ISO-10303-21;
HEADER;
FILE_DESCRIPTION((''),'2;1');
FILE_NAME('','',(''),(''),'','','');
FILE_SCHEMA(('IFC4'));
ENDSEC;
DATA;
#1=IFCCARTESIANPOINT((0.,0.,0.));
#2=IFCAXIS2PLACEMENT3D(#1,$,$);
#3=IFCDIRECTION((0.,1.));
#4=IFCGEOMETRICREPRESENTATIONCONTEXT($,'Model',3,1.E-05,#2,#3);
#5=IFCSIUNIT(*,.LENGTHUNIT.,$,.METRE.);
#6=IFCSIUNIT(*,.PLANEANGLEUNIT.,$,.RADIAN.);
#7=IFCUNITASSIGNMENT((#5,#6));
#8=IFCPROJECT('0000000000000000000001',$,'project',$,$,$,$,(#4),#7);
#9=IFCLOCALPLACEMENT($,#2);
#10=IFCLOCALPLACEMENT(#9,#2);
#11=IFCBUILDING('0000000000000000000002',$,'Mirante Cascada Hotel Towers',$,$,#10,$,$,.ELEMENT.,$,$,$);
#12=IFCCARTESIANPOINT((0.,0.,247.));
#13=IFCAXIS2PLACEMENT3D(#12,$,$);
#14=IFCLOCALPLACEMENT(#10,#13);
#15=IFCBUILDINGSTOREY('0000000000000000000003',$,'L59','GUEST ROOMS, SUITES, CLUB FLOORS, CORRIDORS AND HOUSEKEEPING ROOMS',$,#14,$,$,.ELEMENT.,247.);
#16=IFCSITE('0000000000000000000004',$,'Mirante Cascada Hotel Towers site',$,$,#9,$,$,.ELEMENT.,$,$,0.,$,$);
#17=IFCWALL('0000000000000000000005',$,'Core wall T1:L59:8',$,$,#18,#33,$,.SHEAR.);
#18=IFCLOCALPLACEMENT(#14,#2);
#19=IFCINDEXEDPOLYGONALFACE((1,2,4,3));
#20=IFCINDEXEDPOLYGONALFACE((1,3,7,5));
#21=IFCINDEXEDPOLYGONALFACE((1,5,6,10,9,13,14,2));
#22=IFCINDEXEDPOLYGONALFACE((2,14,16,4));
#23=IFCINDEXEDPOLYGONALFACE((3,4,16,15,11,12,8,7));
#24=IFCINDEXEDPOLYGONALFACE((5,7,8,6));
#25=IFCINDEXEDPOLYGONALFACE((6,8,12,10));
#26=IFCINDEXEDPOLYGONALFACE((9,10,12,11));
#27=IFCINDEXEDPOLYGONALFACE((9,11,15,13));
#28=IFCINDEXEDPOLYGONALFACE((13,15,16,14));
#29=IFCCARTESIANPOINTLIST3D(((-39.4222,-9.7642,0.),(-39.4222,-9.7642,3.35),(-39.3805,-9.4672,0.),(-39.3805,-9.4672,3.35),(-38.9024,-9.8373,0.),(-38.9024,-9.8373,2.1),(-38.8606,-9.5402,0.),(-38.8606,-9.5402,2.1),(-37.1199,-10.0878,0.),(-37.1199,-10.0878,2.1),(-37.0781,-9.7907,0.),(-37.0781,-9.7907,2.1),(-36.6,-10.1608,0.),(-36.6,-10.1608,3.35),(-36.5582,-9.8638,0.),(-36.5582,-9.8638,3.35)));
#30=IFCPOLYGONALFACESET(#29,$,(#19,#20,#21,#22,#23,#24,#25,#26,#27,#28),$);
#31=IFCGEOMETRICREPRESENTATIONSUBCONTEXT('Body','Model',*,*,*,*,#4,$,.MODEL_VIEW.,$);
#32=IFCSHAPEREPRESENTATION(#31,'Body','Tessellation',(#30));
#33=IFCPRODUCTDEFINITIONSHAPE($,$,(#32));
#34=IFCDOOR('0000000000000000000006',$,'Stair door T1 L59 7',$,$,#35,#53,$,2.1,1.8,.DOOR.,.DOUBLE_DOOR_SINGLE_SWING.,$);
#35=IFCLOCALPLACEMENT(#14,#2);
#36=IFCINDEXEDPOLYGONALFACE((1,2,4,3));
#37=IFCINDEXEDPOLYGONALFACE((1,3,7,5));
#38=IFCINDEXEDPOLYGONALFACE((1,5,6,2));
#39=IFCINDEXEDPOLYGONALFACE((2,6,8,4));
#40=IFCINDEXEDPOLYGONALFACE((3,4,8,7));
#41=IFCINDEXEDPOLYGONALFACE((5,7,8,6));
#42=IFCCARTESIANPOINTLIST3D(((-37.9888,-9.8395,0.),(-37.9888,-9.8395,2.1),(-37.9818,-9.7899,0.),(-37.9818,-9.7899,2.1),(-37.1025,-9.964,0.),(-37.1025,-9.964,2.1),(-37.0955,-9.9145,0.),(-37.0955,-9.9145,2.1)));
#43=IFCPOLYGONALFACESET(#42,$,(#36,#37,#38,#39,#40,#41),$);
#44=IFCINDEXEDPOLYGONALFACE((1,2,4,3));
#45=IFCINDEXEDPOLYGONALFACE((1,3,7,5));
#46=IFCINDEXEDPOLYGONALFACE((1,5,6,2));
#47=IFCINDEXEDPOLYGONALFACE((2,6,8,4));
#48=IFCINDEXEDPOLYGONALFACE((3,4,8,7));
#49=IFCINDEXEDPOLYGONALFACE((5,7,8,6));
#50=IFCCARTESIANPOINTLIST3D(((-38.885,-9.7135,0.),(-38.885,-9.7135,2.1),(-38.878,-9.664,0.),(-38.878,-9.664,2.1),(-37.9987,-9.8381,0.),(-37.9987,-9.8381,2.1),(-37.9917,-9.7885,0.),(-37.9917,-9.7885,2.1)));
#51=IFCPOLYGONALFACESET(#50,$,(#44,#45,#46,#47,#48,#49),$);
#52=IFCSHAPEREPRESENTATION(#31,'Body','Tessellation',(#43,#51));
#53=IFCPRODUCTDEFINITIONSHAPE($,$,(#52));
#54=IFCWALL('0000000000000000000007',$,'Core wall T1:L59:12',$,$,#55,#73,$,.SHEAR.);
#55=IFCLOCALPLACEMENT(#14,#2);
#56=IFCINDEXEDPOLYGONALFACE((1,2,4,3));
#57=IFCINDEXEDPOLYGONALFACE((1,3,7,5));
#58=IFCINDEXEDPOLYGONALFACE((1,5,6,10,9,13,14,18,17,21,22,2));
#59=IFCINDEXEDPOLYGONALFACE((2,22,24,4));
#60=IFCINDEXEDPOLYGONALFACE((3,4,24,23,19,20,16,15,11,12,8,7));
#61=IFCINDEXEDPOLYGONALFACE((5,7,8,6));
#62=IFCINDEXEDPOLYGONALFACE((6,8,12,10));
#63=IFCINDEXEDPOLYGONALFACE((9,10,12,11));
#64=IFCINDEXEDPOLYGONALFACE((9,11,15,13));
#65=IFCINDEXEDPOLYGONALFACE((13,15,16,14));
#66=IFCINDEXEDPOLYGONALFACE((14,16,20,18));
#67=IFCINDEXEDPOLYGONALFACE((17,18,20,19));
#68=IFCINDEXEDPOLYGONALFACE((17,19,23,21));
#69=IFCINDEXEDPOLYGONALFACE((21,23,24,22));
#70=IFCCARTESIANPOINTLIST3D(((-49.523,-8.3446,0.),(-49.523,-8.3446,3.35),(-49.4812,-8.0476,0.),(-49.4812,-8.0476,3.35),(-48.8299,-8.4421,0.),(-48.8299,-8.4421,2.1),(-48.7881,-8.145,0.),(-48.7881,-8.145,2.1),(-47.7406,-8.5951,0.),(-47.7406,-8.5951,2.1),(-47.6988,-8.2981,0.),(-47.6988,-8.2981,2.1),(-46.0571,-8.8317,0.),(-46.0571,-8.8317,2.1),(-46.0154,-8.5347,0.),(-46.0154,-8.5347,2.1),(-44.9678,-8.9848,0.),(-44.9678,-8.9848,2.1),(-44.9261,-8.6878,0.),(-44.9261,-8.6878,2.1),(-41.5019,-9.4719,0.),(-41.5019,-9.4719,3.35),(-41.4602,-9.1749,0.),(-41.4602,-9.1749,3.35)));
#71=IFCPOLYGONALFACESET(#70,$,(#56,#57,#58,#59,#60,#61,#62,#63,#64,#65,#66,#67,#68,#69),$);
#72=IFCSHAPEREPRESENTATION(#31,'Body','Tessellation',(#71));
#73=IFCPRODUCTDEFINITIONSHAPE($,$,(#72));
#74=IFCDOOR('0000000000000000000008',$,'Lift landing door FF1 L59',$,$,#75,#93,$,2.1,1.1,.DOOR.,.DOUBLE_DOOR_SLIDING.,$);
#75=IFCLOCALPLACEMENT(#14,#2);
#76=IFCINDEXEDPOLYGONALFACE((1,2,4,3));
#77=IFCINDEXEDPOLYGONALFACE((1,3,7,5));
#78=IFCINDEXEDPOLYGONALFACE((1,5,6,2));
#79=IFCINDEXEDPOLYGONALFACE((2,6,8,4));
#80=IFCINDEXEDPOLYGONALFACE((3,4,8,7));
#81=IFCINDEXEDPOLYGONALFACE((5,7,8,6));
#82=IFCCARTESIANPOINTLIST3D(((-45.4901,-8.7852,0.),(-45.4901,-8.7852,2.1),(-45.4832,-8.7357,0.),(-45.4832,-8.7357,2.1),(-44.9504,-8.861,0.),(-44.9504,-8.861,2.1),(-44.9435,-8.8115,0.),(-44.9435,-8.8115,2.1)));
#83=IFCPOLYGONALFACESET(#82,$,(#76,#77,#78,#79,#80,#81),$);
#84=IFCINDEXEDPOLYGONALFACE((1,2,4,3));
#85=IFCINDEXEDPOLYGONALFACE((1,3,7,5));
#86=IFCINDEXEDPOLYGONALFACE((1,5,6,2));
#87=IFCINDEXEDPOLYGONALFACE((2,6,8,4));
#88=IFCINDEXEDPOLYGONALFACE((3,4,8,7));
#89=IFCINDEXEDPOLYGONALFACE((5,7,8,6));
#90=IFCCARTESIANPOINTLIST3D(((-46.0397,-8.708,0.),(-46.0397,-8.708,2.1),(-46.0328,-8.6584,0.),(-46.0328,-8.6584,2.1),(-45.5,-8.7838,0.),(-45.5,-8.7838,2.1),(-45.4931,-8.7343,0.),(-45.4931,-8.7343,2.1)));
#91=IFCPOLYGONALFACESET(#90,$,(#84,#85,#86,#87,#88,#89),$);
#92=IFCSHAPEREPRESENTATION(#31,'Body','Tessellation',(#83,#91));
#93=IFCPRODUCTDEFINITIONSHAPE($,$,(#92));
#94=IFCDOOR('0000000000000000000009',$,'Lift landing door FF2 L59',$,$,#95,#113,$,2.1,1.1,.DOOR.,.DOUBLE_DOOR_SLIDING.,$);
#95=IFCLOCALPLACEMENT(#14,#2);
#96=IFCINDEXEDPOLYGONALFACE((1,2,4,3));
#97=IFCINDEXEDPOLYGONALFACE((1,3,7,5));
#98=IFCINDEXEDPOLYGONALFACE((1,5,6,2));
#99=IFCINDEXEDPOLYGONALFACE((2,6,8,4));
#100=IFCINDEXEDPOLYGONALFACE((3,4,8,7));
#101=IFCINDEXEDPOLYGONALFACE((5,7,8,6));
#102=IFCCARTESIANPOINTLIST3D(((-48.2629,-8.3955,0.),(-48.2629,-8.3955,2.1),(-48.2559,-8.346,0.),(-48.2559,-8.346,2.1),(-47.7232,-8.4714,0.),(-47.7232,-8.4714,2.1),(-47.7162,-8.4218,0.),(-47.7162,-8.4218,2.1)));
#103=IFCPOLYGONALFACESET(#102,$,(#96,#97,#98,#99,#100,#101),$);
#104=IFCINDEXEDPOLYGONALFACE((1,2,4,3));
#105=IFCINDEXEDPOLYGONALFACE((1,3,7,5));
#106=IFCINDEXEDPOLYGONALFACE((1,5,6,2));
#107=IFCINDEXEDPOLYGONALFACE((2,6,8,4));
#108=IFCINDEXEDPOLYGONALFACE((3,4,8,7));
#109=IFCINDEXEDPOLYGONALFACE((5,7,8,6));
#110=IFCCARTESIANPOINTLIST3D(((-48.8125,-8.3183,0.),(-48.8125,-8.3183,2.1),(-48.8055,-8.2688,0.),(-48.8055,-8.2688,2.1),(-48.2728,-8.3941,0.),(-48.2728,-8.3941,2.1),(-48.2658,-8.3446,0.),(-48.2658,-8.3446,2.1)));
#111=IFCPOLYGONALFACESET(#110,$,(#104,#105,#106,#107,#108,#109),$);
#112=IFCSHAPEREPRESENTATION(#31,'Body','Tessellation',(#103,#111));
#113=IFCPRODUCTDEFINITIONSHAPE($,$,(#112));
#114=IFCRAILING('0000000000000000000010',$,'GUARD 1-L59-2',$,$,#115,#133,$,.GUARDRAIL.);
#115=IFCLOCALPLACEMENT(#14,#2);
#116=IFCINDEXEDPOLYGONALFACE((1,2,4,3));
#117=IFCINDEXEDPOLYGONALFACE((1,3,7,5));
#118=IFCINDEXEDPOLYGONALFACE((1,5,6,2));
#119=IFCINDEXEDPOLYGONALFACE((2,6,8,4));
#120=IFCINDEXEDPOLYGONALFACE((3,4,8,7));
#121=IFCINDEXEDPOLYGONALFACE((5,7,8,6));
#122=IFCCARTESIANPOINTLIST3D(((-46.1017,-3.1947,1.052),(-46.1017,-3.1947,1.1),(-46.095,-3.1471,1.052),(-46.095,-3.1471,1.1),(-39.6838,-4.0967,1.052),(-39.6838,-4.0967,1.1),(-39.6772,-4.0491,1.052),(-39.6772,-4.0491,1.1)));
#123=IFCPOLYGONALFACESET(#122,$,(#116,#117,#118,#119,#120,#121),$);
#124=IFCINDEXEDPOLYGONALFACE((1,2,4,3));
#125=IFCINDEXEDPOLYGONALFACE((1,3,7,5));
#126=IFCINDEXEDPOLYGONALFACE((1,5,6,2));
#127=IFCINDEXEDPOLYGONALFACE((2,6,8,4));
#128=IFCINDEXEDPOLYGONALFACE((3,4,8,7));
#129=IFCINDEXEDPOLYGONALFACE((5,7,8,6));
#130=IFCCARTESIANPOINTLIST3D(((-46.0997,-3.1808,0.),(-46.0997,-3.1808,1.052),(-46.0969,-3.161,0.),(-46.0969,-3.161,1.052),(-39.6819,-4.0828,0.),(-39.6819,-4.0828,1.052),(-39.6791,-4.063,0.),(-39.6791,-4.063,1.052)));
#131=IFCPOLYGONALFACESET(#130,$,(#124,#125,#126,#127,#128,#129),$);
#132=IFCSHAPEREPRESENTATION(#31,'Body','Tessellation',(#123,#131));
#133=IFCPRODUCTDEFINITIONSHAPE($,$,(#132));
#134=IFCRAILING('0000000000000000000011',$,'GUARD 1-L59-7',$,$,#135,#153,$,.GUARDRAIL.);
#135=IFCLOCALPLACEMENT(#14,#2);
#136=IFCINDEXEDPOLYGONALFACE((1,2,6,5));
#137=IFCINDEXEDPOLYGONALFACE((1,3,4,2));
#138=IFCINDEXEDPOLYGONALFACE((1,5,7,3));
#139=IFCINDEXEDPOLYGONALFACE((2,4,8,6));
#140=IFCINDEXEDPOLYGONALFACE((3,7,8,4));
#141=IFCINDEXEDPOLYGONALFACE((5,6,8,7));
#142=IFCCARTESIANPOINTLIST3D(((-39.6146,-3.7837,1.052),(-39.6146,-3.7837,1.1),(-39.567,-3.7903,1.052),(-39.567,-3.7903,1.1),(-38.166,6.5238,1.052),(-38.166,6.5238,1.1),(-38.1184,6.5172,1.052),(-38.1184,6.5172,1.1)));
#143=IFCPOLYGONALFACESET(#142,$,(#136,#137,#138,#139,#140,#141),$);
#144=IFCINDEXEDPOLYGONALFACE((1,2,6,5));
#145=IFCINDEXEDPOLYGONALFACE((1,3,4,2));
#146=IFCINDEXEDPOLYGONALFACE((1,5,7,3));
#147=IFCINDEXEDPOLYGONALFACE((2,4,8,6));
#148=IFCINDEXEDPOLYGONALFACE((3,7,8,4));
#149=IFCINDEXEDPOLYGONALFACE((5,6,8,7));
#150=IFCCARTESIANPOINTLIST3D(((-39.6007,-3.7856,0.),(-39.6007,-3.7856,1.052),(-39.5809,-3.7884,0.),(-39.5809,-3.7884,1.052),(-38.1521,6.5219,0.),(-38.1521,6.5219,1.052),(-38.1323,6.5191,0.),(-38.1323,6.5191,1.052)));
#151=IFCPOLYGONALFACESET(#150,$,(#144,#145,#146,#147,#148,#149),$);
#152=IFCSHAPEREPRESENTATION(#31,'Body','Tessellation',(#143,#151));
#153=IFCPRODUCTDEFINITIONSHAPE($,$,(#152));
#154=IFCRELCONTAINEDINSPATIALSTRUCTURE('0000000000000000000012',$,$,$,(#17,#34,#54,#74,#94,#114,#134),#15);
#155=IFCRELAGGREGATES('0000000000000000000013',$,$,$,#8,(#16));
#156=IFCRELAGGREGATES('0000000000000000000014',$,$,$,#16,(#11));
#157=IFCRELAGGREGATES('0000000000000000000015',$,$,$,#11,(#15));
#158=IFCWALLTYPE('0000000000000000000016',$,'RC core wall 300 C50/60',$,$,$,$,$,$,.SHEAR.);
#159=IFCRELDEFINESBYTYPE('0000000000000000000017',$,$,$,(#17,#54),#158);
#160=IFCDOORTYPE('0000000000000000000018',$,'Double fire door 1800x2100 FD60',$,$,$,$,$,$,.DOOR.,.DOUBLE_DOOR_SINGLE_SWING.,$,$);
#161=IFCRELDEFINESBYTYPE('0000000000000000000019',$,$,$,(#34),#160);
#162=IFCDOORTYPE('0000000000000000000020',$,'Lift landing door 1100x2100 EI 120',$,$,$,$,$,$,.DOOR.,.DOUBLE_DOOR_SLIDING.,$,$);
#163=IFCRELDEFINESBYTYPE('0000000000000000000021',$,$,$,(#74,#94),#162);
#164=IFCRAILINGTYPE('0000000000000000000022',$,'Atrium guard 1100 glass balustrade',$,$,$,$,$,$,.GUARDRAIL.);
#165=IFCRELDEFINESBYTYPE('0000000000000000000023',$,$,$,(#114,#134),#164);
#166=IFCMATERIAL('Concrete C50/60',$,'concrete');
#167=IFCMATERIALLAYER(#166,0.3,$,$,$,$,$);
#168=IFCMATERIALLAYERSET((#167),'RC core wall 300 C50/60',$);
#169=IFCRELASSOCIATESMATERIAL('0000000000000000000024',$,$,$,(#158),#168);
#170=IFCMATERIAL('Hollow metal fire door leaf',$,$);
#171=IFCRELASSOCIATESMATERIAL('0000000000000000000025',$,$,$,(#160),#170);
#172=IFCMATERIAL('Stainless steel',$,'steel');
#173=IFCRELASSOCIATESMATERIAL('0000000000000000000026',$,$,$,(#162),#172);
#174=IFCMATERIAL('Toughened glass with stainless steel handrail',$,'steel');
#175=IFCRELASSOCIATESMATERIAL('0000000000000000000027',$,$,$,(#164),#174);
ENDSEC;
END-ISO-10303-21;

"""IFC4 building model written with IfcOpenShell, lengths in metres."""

from ifc_helpers import new_model, si_unit, direction, frame, frame_2d, origin, origin_2d, place, context, subcontext, project, spatial, rectangle, extrude, material, layer, layer_set, type_object, element, fill, save


model = new_model("IFC4")

# Units and contexts
model_context = context("Model", 3, precision=1e-05, world=origin(), true_north=direction((0.0, 1.0)))
body_context = subcontext(model_context, "Body", "Model", "MODEL_VIEW")
ifc_project = project(units=[si_unit("LENGTHUNIT", "METRE"), si_unit("PLANEANGLEUNIT", "RADIAN")], contexts=[model_context])

# Site, building, storey
site_placement = place(None, origin())
site = spatial("IfcSite", under=ifc_project, at=site_placement, Name="Mirante Cascada Hotel Towers site", CompositionType="ELEMENT", RefElevation=0.0)
building_placement = place(site_placement, origin())
building = spatial("IfcBuilding", under=site, at=building_placement, Name="Mirante Cascada Hotel Towers", CompositionType="ELEMENT")
storey_placement = place(building_placement, frame((0.0, 0.0, 247.0)))
storey = spatial("IfcBuildingStorey", under=building, at=storey_placement, Name="L59", Description="GUEST ROOMS, SUITES, CLUB FLOORS, CORRIDORS AND HOUSEKEEPING ROOMS", CompositionType="ELEMENT", Elevation=247.0)

# Wall, opening, door
ifc_material_1 = material(Name="Concrete C50/60", Category="concrete")
ifc_layer_1 = layer(ifc_material_1, 0.3)
ifc_layer_set_1 = layer_set([ifc_layer_1], Name="RC core wall 300 C50/60")
wall_type_1 = type_object("IfcWallType", Name="RC core wall 300 C50/60", PredefinedType="SHEAR", material=ifc_layer_set_1)
wall_1_placement = place(storey_placement, frame((-36.5791, -10.0123, 0.0), z_axis=(0.0, 0.0, 1.0), x_axis=(-0.99027, 0.139156, 0.0)))
wall_1 = element("IfcWall", 1, at=wall_1_placement, inside=storey, type_object=wall_type_1, Name="Core wall T1:L59:8", PredefinedType="SHEAR", context=body_context, shape_type="SweptSolid", body=[
    extrude(rectangle(XDim=2.85, YDim=0.3, at=frame_2d((1.425, 0.0))), origin(), (0.0, 0.0, 1.0), 3.35),
])
opening_1_placement = place(wall_1_placement, frame((0.525, 0.0, 0.0)))
opening_1 = element("IfcOpeningElement", 2, at=opening_1_placement, cuts=wall_1, PredefinedType="OPENING", context=body_context, shape_type="SweptSolid", body=[
    extrude(rectangle(XDim=1.8, YDim=2.1, at=frame_2d((0.9, 1.05))), frame((0.0, 0.15, 0.0), z_axis=(0.0, -1.0, 0.0), x_axis=(1.0, 0.0, 0.0)), (0.0, 0.0, 1.0), 0.3),
])
ifc_material_2 = material(Name="Hollow metal fire door leaf")
door_type_1 = type_object("IfcDoorType", Name="Double fire door 1800x2100 FD60", OperationType="DOUBLE_DOOR_SINGLE_SWING", PredefinedType="DOOR", material=ifc_material_2)
door_1_placement = place(opening_1_placement, origin())
door_1 = element("IfcDoor", 3, at=door_1_placement, inside=storey, type_object=door_type_1, Name="Stair door T1 L59 7", OperationType="DOUBLE_DOOR_SINGLE_SWING", OverallHeight=2.1, OverallWidth=1.8, PredefinedType="DOOR", context=body_context, shape_type="SweptSolid", body=[
    extrude(rectangle(XDim=0.895, YDim=2.1, at=frame_2d((0.4475, 1.05))), frame((0.0, 0.025, 0.0), z_axis=(0.0, -1.0, 0.0), x_axis=(1.0, 0.0, 0.0)), (0.0, 0.0, 1.0), 0.05),
    extrude(rectangle(XDim=0.895, YDim=2.1, at=frame_2d((1.3525, 1.05))), frame((0.0, 0.025, 0.0), z_axis=(0.0, -1.0, 0.0), x_axis=(1.0, 0.0, 0.0)), (0.0, 0.0, 1.0), 0.05),
])
fill(opening_1, door_1)

# Wall, openings, doors
wall_2_placement = place(storey_placement, frame((-41.481, -9.3234, 0.0), z_axis=(0.0, 0.0, 1.0), x_axis=(-0.990268, 0.139174, 0.0)))
wall_2 = element("IfcWall", 4, at=wall_2_placement, inside=storey, type_object=wall_type_1, Name="Core wall T1:L59:12", PredefinedType="SHEAR", context=body_context, shape_type="SweptSolid", body=[
    extrude(rectangle(XDim=8.0999, YDim=0.3, at=frame_2d((4.05, 0.0))), origin(), (0.0, 0.0, 1.0), 3.35),
])
opening_2_placement = place(wall_2_placement, frame((3.5, 0.0, 0.0)))
opening_2 = element("IfcOpeningElement", 5, at=opening_2_placement, cuts=wall_2, PredefinedType="OPENING", context=body_context, shape_type="SweptSolid", body=[
    extrude(rectangle(XDim=1.1, YDim=2.1, at=frame_2d((0.55, 1.05))), frame((0.0, 0.15, 0.0), z_axis=(0.0, -1.0, 0.0), x_axis=(1.0, 0.0, 0.0)), (0.0, 0.0, 1.0), 0.3),
])
opening_3_placement = place(wall_2_placement, frame((6.3, 0.0, 0.0)))
opening_3 = element("IfcOpeningElement", 6, at=opening_3_placement, cuts=wall_2, PredefinedType="OPENING", context=body_context, shape_type="SweptSolid", body=[
    extrude(rectangle(XDim=1.1, YDim=2.1, at=frame_2d((0.55, 1.05))), frame((0.0, 0.15, 0.0), z_axis=(0.0, -1.0, 0.0), x_axis=(1.0, 0.0, 0.0)), (0.0, 0.0, 1.0), 0.3),
])
ifc_material_3 = material(Name="Stainless steel", Category="steel")
door_type_2 = type_object("IfcDoorType", Name="Lift landing door 1100x2100 EI 120", OperationType="DOUBLE_DOOR_SLIDING", PredefinedType="DOOR", material=ifc_material_3)
door_2_placement = place(opening_2_placement, origin())
door_2 = element("IfcDoor", 7, at=door_2_placement, inside=storey, type_object=door_type_2, Name="Lift landing door FF1 L59", OperationType="DOUBLE_DOOR_SLIDING", OverallHeight=2.1, OverallWidth=1.1, PredefinedType="DOOR", context=body_context, shape_type="SweptSolid", body=[
    extrude(rectangle(XDim=0.545, YDim=2.1, at=frame_2d((0.2725, 1.05))), frame((0.0, 0.025, 0.0), z_axis=(0.0, -1.0, 0.0), x_axis=(1.0, 0.0, 0.0)), (0.0, 0.0, 1.0), 0.05),
    extrude(rectangle(XDim=0.545, YDim=2.1, at=frame_2d((0.8275, 1.05))), frame((0.0, 0.025, 0.0), z_axis=(0.0, -1.0, 0.0), x_axis=(1.0, 0.0, 0.0)), (0.0, 0.0, 1.0), 0.05),
])
fill(opening_2, door_2)
door_3_placement = place(opening_3_placement, origin())
door_3 = element("IfcDoor", 8, at=door_3_placement, inside=storey, type_object=door_type_2, Name="Lift landing door FF2 L59", OperationType="DOUBLE_DOOR_SLIDING", OverallHeight=2.1, OverallWidth=1.1, PredefinedType="DOOR", context=body_context, shape_type="SweptSolid", body=[
    extrude(rectangle(XDim=0.545, YDim=2.1, at=frame_2d((0.2725, 1.05))), frame((0.0, 0.025, 0.0), z_axis=(0.0, -1.0, 0.0), x_axis=(1.0, 0.0, 0.0)), (0.0, 0.0, 1.0), 0.05),
    extrude(rectangle(XDim=0.545, YDim=2.1, at=frame_2d((0.8275, 1.05))), frame((0.0, 0.025, 0.0), z_axis=(0.0, -1.0, 0.0), x_axis=(1.0, 0.0, 0.0)), (0.0, 0.0, 1.0), 0.05),
])
fill(opening_3, door_3)

# Railings
ifc_material_4 = material(Name="Toughened glass with stainless steel handrail", Category="steel")
railing_type_1 = type_object("IfcRailingType", Name="Atrium guard 1100 glass balustrade", PredefinedType="GUARDRAIL", material=ifc_material_4)
railing_1_placement = place(storey_placement, frame((-39.6805, -4.0729, 0.0)))
element("IfcRailing", 9, at=railing_1_placement, inside=storey, type_object=railing_type_1, Name="GUARD 1-L59-2", PredefinedType="GUARDRAIL", context=body_context, shape_type="SweptSolid", body=[
    extrude(rectangle(XDim=0.048, YDim=0.048, at=origin_2d()), frame((0.0, 0.0, 1.076), z_axis=(-0.990267, 0.139179, 0.0), x_axis=(-0.139179, -0.990267, 0.0)), (0.0, 0.0, 1.0), 6.4809),
    extrude(rectangle(XDim=0.02, YDim=1.052, at=origin_2d()), frame((0.0, 0.0, 0.526), z_axis=(-0.990267, 0.139179, 0.0), x_axis=(-0.139179, -0.990267, 0.0)), (0.0, 0.0, 1.0), 6.4809),
])
railing_2_placement = place(storey_placement, frame((-39.5908, -3.787, 0.0)))
element("IfcRailing", 10, at=railing_2_placement, inside=storey, type_object=railing_type_1, Name="GUARD 1-L59-7", PredefinedType="GUARDRAIL", context=body_context, shape_type="SweptSolid", body=[
    extrude(rectangle(XDim=0.048, YDim=0.048, at=origin_2d()), frame((0.0, 0.0, 1.076), z_axis=(0.139171, 0.990268, 0.0), x_axis=(-0.990268, 0.139171, 0.0)), (0.0, 0.0, 1.0), 10.4088),
    extrude(rectangle(XDim=0.02, YDim=1.052, at=origin_2d()), frame((0.0, 0.0, 0.526), z_axis=(0.139171, 0.990268, 0.0), x_axis=(-0.990268, 0.139171, 0.0)), (0.0, 0.0, 1.0), 10.4088),
])

save(model, "model.ifc")
